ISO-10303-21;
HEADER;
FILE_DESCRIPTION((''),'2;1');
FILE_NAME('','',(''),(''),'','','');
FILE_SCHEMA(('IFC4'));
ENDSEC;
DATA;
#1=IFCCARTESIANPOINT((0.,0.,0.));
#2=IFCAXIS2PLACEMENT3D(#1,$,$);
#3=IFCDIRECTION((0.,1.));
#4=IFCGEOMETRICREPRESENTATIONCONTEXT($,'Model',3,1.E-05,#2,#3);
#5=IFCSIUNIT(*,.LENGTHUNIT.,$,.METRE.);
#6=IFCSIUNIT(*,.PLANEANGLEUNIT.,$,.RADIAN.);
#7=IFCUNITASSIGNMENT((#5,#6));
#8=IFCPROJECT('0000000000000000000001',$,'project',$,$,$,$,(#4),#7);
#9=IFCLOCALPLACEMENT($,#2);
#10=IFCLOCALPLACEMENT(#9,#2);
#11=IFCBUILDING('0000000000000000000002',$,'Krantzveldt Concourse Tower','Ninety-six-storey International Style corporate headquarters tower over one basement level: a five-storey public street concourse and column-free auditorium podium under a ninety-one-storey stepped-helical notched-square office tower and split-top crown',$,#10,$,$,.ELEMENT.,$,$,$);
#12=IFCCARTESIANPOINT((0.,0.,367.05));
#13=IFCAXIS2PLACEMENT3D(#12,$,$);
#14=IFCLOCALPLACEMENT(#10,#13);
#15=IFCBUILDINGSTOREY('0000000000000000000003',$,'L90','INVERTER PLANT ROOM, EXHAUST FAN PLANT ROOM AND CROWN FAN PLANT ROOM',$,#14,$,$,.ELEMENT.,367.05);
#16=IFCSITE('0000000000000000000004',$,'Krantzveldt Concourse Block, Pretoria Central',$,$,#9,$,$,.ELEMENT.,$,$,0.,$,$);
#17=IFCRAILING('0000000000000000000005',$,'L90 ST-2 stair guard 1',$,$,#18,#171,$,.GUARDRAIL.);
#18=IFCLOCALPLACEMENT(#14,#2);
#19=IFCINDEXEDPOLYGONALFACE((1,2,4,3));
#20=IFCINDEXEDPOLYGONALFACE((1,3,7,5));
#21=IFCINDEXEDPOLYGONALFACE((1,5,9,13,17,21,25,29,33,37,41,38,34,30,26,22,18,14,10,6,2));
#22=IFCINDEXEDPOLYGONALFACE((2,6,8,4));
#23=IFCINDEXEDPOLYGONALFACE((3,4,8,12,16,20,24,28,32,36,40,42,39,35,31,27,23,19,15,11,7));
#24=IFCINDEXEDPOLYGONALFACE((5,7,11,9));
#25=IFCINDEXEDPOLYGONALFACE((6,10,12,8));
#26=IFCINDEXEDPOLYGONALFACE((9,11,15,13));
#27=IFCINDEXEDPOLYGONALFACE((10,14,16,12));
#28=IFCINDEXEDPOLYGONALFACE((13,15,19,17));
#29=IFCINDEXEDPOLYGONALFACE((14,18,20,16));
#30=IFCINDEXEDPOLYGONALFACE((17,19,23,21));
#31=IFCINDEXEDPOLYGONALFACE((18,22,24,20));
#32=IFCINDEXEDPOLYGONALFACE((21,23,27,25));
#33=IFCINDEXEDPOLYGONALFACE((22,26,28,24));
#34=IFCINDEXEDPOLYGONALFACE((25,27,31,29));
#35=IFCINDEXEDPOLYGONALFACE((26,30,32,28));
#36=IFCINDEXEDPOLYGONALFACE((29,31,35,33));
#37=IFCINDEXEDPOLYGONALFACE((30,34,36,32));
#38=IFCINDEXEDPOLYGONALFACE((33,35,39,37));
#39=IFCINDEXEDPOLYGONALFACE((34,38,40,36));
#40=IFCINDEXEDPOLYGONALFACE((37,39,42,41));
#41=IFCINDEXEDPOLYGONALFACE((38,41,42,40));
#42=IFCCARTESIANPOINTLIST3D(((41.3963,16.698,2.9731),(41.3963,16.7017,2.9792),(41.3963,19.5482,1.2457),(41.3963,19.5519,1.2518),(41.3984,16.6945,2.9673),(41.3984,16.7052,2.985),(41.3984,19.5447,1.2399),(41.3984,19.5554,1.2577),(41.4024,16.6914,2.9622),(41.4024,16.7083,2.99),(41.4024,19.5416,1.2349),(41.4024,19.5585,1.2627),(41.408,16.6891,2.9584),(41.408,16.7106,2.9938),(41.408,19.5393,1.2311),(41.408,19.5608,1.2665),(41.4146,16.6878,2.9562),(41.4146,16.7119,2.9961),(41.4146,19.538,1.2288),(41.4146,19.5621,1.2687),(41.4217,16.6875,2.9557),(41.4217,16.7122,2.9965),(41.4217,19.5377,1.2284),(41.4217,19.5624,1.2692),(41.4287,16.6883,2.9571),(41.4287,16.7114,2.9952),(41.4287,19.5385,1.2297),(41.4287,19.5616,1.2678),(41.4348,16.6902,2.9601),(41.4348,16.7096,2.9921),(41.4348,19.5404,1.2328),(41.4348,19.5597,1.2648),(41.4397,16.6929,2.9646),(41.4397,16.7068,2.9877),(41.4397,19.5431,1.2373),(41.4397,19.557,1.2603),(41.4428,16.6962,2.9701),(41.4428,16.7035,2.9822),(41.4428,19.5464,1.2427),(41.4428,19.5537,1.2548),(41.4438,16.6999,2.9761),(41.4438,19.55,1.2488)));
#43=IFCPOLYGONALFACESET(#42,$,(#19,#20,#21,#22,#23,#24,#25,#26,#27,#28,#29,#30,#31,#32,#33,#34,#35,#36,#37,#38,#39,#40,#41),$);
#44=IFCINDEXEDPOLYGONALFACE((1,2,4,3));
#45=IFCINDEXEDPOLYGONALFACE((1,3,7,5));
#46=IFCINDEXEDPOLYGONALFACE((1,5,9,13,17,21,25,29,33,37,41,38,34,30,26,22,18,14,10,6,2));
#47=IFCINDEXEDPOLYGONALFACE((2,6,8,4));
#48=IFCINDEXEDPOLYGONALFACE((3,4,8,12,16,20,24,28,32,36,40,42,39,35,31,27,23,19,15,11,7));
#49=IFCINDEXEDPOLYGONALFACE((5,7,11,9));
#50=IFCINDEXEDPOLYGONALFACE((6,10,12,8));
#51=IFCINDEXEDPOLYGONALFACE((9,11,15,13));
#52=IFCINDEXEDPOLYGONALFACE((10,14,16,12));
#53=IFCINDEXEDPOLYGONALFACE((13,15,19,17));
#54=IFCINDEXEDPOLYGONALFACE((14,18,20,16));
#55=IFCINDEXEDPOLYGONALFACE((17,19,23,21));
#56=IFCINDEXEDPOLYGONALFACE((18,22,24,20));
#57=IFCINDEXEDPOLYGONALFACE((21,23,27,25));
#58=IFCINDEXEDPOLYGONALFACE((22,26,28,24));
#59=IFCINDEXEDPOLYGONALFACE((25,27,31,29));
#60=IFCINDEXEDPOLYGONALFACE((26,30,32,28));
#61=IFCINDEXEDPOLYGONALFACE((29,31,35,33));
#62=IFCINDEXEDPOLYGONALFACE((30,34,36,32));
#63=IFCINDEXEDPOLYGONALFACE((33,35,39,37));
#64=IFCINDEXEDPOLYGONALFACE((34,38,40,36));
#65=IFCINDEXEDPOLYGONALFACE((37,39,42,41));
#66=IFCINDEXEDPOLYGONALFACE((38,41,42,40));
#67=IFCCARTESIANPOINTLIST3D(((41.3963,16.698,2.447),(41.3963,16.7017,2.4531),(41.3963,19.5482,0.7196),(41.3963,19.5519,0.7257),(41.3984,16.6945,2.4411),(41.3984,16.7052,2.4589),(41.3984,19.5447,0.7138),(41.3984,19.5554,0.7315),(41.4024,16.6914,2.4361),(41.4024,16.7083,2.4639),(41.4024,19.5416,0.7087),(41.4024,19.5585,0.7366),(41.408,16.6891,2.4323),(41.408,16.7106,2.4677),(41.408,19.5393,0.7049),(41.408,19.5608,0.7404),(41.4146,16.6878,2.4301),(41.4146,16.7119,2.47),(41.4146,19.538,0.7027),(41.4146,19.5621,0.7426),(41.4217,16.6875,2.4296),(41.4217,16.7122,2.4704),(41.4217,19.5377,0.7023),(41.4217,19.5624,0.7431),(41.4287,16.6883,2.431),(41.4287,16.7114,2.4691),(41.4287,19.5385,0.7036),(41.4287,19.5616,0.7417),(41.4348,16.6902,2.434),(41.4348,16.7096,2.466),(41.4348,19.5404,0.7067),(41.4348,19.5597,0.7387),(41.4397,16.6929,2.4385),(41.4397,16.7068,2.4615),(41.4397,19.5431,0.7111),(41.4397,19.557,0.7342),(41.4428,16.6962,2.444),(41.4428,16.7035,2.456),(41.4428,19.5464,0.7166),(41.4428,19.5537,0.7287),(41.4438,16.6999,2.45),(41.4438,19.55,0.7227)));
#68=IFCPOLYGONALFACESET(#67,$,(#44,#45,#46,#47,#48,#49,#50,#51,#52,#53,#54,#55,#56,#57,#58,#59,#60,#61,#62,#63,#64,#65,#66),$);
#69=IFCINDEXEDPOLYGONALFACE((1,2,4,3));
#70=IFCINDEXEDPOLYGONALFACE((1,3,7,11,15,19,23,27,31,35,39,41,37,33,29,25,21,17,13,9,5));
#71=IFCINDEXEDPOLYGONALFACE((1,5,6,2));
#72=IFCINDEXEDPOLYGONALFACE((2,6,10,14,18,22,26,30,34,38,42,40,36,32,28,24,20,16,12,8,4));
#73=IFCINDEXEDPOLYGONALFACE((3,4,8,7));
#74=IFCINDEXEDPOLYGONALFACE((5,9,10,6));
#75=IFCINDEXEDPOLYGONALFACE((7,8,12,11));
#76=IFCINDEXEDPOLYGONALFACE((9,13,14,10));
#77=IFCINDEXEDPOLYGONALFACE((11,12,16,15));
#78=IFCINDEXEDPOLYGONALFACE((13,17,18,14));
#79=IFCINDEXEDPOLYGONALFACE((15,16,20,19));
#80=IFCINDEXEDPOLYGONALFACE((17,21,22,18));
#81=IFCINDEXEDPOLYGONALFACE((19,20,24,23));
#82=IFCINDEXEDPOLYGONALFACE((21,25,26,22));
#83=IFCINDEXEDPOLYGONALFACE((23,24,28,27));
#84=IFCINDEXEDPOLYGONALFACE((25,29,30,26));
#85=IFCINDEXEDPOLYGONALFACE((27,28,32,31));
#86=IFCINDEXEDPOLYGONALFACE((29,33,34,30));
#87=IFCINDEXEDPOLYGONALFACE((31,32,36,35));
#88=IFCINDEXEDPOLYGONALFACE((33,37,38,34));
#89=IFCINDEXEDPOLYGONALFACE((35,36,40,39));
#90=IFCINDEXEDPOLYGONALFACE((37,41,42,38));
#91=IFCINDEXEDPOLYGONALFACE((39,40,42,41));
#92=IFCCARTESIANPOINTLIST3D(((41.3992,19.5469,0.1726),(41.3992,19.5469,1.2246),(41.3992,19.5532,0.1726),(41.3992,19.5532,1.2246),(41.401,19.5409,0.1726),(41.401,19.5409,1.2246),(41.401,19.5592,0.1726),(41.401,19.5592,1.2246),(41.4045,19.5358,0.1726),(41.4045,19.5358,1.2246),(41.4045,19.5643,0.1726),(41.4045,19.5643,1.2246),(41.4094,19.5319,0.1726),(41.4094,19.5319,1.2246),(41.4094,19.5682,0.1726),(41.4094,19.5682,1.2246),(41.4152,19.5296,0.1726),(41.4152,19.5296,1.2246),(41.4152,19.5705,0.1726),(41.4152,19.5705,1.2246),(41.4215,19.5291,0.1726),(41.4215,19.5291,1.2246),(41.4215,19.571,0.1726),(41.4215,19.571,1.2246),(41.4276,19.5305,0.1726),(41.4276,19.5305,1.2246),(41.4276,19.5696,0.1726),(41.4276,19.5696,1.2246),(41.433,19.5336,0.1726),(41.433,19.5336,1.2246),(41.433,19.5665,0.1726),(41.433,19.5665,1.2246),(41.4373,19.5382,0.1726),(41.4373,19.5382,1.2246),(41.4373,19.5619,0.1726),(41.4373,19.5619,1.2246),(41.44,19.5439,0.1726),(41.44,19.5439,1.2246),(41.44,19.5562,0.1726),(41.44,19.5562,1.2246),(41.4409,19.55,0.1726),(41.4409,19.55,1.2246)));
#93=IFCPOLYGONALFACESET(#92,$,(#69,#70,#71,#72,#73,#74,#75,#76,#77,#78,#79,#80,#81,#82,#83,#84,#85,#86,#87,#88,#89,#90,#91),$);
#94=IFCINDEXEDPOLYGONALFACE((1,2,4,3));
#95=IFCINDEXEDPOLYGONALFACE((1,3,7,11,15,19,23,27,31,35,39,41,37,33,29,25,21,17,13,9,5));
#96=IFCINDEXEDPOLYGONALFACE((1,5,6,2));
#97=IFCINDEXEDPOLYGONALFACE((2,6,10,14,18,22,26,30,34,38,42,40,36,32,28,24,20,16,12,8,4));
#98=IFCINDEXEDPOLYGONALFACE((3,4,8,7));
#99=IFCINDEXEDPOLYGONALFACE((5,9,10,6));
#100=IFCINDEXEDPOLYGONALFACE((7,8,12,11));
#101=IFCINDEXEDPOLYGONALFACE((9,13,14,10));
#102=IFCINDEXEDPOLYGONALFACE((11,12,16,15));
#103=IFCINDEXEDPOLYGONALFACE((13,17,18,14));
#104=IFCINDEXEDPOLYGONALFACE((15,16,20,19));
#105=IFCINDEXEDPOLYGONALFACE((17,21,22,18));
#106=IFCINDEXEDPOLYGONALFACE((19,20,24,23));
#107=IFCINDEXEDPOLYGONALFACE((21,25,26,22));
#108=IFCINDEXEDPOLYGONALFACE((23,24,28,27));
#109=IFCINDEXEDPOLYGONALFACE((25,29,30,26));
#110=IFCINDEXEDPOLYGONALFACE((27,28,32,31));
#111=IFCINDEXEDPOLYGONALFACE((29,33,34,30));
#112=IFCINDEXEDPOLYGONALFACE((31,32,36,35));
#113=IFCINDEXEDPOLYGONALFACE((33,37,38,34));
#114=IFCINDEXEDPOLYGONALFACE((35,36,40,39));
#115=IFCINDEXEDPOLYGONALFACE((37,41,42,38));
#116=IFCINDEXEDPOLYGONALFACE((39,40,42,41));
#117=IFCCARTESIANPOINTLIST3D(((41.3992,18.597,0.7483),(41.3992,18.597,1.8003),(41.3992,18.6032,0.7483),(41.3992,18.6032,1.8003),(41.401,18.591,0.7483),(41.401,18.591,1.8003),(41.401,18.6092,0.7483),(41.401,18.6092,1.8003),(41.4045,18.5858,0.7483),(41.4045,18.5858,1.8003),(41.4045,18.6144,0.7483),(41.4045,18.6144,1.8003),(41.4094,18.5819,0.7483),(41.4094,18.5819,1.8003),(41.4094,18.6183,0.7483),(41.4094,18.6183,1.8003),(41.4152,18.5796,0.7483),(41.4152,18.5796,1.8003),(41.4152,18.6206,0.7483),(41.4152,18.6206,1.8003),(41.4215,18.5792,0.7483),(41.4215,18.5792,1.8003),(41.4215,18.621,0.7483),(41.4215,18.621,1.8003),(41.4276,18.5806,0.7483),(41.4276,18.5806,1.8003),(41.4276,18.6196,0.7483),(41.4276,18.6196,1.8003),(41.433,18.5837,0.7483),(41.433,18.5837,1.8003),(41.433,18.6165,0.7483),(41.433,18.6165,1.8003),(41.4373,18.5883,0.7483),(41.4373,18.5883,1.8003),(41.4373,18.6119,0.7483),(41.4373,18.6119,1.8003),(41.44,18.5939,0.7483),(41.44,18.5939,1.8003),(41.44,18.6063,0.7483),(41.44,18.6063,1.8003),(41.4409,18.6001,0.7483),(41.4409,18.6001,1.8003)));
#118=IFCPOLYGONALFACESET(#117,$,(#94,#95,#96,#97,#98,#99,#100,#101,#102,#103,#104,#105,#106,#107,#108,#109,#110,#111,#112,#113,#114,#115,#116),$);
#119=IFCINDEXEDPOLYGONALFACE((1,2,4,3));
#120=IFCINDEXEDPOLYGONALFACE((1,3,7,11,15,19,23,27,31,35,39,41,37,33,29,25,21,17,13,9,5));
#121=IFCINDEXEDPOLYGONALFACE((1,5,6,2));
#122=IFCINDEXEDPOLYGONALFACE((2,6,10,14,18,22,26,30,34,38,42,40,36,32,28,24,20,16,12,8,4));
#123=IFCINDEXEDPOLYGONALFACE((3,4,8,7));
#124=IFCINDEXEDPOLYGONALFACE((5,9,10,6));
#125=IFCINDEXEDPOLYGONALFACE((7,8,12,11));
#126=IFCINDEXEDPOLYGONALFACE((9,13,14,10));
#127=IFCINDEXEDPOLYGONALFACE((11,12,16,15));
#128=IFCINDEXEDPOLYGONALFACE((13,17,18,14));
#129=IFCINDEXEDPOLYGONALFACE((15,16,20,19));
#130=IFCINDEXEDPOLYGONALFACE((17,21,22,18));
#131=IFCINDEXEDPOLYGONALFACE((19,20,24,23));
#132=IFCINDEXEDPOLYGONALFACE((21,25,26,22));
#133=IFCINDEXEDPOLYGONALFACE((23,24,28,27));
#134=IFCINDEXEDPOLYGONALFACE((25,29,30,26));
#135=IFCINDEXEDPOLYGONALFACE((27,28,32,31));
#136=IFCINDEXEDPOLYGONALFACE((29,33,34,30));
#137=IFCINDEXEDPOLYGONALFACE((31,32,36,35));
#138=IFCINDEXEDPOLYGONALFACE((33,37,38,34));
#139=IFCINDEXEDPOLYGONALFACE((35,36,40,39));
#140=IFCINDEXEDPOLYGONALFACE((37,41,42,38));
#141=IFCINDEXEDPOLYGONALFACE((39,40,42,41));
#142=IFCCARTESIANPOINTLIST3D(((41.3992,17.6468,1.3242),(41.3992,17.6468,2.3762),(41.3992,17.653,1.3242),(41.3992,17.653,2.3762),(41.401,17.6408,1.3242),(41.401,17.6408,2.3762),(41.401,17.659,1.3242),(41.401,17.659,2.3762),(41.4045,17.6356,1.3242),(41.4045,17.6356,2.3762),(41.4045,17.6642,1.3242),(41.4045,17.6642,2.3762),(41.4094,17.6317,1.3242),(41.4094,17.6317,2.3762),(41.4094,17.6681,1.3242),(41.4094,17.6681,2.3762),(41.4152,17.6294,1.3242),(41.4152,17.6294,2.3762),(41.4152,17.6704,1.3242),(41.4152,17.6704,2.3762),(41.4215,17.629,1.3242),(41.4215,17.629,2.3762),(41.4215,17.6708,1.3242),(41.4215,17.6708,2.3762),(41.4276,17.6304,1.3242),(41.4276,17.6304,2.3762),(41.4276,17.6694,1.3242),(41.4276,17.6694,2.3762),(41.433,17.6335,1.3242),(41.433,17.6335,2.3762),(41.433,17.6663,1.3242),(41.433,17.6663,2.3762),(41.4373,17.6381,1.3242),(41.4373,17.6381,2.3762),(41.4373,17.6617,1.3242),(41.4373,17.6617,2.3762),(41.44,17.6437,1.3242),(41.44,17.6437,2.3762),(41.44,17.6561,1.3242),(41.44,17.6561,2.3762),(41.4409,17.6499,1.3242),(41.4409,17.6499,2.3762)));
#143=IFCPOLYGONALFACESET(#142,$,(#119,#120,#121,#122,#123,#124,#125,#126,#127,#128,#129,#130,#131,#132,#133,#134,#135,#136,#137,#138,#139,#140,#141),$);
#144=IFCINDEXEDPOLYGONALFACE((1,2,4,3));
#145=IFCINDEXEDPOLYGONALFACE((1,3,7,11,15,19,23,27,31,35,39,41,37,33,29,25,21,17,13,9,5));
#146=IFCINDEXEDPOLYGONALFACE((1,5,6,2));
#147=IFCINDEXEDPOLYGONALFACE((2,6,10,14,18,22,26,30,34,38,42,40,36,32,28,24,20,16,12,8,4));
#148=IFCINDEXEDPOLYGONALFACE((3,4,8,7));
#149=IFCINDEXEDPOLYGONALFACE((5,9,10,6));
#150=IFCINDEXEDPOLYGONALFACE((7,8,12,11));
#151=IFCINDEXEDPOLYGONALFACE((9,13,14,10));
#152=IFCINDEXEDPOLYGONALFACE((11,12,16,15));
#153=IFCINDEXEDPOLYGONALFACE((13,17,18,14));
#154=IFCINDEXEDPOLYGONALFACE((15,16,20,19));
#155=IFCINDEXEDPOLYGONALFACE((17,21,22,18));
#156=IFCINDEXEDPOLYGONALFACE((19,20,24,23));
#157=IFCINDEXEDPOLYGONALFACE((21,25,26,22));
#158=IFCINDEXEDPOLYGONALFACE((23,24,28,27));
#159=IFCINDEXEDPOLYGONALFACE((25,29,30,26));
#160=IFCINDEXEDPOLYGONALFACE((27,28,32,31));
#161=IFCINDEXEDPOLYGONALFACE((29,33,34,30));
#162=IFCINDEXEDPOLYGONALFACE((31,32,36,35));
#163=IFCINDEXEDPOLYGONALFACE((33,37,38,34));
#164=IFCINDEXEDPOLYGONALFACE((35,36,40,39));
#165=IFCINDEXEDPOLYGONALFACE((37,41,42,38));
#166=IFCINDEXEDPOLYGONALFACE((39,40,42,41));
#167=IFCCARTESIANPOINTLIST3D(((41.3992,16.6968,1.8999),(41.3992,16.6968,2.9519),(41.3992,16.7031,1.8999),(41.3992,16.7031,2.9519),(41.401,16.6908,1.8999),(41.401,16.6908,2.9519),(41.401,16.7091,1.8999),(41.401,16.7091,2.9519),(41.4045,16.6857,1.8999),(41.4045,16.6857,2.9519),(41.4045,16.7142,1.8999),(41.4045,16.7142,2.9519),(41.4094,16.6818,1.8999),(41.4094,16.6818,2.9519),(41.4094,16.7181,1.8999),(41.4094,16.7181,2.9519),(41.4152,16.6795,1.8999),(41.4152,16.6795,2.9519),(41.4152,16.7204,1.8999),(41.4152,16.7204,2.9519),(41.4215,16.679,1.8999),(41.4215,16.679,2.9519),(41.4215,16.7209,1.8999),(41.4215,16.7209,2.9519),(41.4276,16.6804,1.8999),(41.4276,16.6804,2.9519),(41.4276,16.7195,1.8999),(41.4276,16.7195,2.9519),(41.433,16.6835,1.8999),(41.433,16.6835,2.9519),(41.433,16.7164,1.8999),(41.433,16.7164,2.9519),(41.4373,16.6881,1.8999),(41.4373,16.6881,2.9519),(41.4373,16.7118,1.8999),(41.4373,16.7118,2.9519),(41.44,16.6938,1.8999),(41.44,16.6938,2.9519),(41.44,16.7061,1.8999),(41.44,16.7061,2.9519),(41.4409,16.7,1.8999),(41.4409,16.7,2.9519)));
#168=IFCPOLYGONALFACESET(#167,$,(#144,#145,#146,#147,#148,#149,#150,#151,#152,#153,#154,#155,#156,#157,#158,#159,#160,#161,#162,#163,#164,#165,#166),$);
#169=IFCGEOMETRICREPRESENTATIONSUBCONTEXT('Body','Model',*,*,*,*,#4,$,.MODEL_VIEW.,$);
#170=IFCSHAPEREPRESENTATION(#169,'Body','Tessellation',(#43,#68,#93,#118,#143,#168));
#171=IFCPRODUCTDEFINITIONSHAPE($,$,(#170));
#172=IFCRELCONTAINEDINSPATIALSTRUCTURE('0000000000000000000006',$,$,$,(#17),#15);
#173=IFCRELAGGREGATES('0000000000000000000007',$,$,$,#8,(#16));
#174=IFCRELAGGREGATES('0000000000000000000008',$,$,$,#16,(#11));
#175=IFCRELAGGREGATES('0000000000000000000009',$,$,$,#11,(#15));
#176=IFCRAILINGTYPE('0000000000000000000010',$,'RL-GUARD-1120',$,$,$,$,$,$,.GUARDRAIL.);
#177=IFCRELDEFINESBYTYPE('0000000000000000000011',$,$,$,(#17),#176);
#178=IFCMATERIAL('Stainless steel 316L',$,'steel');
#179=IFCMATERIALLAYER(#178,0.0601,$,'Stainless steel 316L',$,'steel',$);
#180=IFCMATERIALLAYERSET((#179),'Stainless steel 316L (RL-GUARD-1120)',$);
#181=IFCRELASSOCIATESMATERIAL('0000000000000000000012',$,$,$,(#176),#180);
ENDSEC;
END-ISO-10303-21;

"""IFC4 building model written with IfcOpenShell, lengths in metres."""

from ifc_helpers import new_model, si_unit, direction, frame, origin, origin_2d, place, context, subcontext, project, spatial, circle, extrude, material, layer, layer_set, type_object, element, save


model = new_model("IFC4")

# Units and contexts
model_context = context("Model", 3, precision=1e-05, world=origin(), true_north=direction((0.0, 1.0)))
body_context = subcontext(model_context, "Body", "Model", "MODEL_VIEW")
ifc_project = project(units=[si_unit("LENGTHUNIT", "METRE"), si_unit("PLANEANGLEUNIT", "RADIAN")], contexts=[model_context])

# Site, building, storey
site_placement = place(None, origin())
site = spatial("IfcSite", under=ifc_project, at=site_placement, Name="Krantzveldt Concourse Block, Pretoria Central", CompositionType="ELEMENT", RefElevation=0.0)
building_placement = place(site_placement, origin())
building = spatial("IfcBuilding", under=site, at=building_placement, Name="Krantzveldt Concourse Tower", Description="Ninety-six-storey International Style corporate headquarters tower over one basement level: a five-storey public street concourse and column-free auditorium podium under a ninety-one-storey stepped-helical notched-square office tower and split-top crown", CompositionType="ELEMENT")
storey_placement = place(building_placement, frame((0.0, 0.0, 367.05)))
storey = spatial("IfcBuildingStorey", under=building, at=storey_placement, Name="L90", Description="INVERTER PLANT ROOM, EXHAUST FAN PLANT ROOM AND CROWN FAN PLANT ROOM", CompositionType="ELEMENT", Elevation=367.05)

# Shared definitions
ifc_material_1 = material(Name="Stainless steel 316L", Category="steel")

# Railing
ifc_layer_1 = layer(ifc_material_1, 0.0601, Name="Stainless steel 316L", Category="steel")
ifc_layer_set_1 = layer_set([ifc_layer_1], Name="Stainless steel 316L (RL-GUARD-1120)")
railing_type_1 = type_object("IfcRailingType", Name="RL-GUARD-1120", PredefinedType="GUARDRAIL", material=ifc_layer_set_1)
railing_1_placement = place(storey_placement, frame((41.4199, 19.55, 0.1726)))
element("IfcRailing", 1, at=railing_1_placement, inside=storey, type_object=railing_type_1, Name="L90 ST-2 stair guard 1", PredefinedType="GUARDRAIL", context=body_context, shape_type="SweptSolid", body=[
    extrude(circle(Radius=0.0239, at=origin_2d()), frame((0.0, 0.0, 1.0762), z_axis=(0.0, -0.855203, 0.518294), x_axis=(1.0, 0.0, 0.0)), (0.0, 0.0, 1.0), 3.3328),
    extrude(circle(Radius=0.0239, at=origin_2d()), frame((0.0, 0.0, 0.55), z_axis=(0.0, -0.855203, 0.518294), x_axis=(1.0, 0.0, 0.0)), (0.0, 0.0, 1.0), 3.3328),
    extrude(circle(Radius=0.021, at=origin_2d()), origin(), (0.0, 0.0, 1.0), 1.052),
    extrude(circle(Radius=0.021, at=origin_2d()), frame((0.0, -0.95, 0.5757)), (0.0, 0.0, 1.0), 1.052),
    extrude(circle(Radius=0.021, at=origin_2d()), frame((0.0, -1.9001, 1.1516)), (0.0, 0.0, 1.0), 1.052),
    extrude(circle(Radius=0.021, at=origin_2d()), frame((0.0, -2.8501, 1.7273)), (0.0, 0.0, 1.0), 1.052),
])

save(model, "model.ifc")
